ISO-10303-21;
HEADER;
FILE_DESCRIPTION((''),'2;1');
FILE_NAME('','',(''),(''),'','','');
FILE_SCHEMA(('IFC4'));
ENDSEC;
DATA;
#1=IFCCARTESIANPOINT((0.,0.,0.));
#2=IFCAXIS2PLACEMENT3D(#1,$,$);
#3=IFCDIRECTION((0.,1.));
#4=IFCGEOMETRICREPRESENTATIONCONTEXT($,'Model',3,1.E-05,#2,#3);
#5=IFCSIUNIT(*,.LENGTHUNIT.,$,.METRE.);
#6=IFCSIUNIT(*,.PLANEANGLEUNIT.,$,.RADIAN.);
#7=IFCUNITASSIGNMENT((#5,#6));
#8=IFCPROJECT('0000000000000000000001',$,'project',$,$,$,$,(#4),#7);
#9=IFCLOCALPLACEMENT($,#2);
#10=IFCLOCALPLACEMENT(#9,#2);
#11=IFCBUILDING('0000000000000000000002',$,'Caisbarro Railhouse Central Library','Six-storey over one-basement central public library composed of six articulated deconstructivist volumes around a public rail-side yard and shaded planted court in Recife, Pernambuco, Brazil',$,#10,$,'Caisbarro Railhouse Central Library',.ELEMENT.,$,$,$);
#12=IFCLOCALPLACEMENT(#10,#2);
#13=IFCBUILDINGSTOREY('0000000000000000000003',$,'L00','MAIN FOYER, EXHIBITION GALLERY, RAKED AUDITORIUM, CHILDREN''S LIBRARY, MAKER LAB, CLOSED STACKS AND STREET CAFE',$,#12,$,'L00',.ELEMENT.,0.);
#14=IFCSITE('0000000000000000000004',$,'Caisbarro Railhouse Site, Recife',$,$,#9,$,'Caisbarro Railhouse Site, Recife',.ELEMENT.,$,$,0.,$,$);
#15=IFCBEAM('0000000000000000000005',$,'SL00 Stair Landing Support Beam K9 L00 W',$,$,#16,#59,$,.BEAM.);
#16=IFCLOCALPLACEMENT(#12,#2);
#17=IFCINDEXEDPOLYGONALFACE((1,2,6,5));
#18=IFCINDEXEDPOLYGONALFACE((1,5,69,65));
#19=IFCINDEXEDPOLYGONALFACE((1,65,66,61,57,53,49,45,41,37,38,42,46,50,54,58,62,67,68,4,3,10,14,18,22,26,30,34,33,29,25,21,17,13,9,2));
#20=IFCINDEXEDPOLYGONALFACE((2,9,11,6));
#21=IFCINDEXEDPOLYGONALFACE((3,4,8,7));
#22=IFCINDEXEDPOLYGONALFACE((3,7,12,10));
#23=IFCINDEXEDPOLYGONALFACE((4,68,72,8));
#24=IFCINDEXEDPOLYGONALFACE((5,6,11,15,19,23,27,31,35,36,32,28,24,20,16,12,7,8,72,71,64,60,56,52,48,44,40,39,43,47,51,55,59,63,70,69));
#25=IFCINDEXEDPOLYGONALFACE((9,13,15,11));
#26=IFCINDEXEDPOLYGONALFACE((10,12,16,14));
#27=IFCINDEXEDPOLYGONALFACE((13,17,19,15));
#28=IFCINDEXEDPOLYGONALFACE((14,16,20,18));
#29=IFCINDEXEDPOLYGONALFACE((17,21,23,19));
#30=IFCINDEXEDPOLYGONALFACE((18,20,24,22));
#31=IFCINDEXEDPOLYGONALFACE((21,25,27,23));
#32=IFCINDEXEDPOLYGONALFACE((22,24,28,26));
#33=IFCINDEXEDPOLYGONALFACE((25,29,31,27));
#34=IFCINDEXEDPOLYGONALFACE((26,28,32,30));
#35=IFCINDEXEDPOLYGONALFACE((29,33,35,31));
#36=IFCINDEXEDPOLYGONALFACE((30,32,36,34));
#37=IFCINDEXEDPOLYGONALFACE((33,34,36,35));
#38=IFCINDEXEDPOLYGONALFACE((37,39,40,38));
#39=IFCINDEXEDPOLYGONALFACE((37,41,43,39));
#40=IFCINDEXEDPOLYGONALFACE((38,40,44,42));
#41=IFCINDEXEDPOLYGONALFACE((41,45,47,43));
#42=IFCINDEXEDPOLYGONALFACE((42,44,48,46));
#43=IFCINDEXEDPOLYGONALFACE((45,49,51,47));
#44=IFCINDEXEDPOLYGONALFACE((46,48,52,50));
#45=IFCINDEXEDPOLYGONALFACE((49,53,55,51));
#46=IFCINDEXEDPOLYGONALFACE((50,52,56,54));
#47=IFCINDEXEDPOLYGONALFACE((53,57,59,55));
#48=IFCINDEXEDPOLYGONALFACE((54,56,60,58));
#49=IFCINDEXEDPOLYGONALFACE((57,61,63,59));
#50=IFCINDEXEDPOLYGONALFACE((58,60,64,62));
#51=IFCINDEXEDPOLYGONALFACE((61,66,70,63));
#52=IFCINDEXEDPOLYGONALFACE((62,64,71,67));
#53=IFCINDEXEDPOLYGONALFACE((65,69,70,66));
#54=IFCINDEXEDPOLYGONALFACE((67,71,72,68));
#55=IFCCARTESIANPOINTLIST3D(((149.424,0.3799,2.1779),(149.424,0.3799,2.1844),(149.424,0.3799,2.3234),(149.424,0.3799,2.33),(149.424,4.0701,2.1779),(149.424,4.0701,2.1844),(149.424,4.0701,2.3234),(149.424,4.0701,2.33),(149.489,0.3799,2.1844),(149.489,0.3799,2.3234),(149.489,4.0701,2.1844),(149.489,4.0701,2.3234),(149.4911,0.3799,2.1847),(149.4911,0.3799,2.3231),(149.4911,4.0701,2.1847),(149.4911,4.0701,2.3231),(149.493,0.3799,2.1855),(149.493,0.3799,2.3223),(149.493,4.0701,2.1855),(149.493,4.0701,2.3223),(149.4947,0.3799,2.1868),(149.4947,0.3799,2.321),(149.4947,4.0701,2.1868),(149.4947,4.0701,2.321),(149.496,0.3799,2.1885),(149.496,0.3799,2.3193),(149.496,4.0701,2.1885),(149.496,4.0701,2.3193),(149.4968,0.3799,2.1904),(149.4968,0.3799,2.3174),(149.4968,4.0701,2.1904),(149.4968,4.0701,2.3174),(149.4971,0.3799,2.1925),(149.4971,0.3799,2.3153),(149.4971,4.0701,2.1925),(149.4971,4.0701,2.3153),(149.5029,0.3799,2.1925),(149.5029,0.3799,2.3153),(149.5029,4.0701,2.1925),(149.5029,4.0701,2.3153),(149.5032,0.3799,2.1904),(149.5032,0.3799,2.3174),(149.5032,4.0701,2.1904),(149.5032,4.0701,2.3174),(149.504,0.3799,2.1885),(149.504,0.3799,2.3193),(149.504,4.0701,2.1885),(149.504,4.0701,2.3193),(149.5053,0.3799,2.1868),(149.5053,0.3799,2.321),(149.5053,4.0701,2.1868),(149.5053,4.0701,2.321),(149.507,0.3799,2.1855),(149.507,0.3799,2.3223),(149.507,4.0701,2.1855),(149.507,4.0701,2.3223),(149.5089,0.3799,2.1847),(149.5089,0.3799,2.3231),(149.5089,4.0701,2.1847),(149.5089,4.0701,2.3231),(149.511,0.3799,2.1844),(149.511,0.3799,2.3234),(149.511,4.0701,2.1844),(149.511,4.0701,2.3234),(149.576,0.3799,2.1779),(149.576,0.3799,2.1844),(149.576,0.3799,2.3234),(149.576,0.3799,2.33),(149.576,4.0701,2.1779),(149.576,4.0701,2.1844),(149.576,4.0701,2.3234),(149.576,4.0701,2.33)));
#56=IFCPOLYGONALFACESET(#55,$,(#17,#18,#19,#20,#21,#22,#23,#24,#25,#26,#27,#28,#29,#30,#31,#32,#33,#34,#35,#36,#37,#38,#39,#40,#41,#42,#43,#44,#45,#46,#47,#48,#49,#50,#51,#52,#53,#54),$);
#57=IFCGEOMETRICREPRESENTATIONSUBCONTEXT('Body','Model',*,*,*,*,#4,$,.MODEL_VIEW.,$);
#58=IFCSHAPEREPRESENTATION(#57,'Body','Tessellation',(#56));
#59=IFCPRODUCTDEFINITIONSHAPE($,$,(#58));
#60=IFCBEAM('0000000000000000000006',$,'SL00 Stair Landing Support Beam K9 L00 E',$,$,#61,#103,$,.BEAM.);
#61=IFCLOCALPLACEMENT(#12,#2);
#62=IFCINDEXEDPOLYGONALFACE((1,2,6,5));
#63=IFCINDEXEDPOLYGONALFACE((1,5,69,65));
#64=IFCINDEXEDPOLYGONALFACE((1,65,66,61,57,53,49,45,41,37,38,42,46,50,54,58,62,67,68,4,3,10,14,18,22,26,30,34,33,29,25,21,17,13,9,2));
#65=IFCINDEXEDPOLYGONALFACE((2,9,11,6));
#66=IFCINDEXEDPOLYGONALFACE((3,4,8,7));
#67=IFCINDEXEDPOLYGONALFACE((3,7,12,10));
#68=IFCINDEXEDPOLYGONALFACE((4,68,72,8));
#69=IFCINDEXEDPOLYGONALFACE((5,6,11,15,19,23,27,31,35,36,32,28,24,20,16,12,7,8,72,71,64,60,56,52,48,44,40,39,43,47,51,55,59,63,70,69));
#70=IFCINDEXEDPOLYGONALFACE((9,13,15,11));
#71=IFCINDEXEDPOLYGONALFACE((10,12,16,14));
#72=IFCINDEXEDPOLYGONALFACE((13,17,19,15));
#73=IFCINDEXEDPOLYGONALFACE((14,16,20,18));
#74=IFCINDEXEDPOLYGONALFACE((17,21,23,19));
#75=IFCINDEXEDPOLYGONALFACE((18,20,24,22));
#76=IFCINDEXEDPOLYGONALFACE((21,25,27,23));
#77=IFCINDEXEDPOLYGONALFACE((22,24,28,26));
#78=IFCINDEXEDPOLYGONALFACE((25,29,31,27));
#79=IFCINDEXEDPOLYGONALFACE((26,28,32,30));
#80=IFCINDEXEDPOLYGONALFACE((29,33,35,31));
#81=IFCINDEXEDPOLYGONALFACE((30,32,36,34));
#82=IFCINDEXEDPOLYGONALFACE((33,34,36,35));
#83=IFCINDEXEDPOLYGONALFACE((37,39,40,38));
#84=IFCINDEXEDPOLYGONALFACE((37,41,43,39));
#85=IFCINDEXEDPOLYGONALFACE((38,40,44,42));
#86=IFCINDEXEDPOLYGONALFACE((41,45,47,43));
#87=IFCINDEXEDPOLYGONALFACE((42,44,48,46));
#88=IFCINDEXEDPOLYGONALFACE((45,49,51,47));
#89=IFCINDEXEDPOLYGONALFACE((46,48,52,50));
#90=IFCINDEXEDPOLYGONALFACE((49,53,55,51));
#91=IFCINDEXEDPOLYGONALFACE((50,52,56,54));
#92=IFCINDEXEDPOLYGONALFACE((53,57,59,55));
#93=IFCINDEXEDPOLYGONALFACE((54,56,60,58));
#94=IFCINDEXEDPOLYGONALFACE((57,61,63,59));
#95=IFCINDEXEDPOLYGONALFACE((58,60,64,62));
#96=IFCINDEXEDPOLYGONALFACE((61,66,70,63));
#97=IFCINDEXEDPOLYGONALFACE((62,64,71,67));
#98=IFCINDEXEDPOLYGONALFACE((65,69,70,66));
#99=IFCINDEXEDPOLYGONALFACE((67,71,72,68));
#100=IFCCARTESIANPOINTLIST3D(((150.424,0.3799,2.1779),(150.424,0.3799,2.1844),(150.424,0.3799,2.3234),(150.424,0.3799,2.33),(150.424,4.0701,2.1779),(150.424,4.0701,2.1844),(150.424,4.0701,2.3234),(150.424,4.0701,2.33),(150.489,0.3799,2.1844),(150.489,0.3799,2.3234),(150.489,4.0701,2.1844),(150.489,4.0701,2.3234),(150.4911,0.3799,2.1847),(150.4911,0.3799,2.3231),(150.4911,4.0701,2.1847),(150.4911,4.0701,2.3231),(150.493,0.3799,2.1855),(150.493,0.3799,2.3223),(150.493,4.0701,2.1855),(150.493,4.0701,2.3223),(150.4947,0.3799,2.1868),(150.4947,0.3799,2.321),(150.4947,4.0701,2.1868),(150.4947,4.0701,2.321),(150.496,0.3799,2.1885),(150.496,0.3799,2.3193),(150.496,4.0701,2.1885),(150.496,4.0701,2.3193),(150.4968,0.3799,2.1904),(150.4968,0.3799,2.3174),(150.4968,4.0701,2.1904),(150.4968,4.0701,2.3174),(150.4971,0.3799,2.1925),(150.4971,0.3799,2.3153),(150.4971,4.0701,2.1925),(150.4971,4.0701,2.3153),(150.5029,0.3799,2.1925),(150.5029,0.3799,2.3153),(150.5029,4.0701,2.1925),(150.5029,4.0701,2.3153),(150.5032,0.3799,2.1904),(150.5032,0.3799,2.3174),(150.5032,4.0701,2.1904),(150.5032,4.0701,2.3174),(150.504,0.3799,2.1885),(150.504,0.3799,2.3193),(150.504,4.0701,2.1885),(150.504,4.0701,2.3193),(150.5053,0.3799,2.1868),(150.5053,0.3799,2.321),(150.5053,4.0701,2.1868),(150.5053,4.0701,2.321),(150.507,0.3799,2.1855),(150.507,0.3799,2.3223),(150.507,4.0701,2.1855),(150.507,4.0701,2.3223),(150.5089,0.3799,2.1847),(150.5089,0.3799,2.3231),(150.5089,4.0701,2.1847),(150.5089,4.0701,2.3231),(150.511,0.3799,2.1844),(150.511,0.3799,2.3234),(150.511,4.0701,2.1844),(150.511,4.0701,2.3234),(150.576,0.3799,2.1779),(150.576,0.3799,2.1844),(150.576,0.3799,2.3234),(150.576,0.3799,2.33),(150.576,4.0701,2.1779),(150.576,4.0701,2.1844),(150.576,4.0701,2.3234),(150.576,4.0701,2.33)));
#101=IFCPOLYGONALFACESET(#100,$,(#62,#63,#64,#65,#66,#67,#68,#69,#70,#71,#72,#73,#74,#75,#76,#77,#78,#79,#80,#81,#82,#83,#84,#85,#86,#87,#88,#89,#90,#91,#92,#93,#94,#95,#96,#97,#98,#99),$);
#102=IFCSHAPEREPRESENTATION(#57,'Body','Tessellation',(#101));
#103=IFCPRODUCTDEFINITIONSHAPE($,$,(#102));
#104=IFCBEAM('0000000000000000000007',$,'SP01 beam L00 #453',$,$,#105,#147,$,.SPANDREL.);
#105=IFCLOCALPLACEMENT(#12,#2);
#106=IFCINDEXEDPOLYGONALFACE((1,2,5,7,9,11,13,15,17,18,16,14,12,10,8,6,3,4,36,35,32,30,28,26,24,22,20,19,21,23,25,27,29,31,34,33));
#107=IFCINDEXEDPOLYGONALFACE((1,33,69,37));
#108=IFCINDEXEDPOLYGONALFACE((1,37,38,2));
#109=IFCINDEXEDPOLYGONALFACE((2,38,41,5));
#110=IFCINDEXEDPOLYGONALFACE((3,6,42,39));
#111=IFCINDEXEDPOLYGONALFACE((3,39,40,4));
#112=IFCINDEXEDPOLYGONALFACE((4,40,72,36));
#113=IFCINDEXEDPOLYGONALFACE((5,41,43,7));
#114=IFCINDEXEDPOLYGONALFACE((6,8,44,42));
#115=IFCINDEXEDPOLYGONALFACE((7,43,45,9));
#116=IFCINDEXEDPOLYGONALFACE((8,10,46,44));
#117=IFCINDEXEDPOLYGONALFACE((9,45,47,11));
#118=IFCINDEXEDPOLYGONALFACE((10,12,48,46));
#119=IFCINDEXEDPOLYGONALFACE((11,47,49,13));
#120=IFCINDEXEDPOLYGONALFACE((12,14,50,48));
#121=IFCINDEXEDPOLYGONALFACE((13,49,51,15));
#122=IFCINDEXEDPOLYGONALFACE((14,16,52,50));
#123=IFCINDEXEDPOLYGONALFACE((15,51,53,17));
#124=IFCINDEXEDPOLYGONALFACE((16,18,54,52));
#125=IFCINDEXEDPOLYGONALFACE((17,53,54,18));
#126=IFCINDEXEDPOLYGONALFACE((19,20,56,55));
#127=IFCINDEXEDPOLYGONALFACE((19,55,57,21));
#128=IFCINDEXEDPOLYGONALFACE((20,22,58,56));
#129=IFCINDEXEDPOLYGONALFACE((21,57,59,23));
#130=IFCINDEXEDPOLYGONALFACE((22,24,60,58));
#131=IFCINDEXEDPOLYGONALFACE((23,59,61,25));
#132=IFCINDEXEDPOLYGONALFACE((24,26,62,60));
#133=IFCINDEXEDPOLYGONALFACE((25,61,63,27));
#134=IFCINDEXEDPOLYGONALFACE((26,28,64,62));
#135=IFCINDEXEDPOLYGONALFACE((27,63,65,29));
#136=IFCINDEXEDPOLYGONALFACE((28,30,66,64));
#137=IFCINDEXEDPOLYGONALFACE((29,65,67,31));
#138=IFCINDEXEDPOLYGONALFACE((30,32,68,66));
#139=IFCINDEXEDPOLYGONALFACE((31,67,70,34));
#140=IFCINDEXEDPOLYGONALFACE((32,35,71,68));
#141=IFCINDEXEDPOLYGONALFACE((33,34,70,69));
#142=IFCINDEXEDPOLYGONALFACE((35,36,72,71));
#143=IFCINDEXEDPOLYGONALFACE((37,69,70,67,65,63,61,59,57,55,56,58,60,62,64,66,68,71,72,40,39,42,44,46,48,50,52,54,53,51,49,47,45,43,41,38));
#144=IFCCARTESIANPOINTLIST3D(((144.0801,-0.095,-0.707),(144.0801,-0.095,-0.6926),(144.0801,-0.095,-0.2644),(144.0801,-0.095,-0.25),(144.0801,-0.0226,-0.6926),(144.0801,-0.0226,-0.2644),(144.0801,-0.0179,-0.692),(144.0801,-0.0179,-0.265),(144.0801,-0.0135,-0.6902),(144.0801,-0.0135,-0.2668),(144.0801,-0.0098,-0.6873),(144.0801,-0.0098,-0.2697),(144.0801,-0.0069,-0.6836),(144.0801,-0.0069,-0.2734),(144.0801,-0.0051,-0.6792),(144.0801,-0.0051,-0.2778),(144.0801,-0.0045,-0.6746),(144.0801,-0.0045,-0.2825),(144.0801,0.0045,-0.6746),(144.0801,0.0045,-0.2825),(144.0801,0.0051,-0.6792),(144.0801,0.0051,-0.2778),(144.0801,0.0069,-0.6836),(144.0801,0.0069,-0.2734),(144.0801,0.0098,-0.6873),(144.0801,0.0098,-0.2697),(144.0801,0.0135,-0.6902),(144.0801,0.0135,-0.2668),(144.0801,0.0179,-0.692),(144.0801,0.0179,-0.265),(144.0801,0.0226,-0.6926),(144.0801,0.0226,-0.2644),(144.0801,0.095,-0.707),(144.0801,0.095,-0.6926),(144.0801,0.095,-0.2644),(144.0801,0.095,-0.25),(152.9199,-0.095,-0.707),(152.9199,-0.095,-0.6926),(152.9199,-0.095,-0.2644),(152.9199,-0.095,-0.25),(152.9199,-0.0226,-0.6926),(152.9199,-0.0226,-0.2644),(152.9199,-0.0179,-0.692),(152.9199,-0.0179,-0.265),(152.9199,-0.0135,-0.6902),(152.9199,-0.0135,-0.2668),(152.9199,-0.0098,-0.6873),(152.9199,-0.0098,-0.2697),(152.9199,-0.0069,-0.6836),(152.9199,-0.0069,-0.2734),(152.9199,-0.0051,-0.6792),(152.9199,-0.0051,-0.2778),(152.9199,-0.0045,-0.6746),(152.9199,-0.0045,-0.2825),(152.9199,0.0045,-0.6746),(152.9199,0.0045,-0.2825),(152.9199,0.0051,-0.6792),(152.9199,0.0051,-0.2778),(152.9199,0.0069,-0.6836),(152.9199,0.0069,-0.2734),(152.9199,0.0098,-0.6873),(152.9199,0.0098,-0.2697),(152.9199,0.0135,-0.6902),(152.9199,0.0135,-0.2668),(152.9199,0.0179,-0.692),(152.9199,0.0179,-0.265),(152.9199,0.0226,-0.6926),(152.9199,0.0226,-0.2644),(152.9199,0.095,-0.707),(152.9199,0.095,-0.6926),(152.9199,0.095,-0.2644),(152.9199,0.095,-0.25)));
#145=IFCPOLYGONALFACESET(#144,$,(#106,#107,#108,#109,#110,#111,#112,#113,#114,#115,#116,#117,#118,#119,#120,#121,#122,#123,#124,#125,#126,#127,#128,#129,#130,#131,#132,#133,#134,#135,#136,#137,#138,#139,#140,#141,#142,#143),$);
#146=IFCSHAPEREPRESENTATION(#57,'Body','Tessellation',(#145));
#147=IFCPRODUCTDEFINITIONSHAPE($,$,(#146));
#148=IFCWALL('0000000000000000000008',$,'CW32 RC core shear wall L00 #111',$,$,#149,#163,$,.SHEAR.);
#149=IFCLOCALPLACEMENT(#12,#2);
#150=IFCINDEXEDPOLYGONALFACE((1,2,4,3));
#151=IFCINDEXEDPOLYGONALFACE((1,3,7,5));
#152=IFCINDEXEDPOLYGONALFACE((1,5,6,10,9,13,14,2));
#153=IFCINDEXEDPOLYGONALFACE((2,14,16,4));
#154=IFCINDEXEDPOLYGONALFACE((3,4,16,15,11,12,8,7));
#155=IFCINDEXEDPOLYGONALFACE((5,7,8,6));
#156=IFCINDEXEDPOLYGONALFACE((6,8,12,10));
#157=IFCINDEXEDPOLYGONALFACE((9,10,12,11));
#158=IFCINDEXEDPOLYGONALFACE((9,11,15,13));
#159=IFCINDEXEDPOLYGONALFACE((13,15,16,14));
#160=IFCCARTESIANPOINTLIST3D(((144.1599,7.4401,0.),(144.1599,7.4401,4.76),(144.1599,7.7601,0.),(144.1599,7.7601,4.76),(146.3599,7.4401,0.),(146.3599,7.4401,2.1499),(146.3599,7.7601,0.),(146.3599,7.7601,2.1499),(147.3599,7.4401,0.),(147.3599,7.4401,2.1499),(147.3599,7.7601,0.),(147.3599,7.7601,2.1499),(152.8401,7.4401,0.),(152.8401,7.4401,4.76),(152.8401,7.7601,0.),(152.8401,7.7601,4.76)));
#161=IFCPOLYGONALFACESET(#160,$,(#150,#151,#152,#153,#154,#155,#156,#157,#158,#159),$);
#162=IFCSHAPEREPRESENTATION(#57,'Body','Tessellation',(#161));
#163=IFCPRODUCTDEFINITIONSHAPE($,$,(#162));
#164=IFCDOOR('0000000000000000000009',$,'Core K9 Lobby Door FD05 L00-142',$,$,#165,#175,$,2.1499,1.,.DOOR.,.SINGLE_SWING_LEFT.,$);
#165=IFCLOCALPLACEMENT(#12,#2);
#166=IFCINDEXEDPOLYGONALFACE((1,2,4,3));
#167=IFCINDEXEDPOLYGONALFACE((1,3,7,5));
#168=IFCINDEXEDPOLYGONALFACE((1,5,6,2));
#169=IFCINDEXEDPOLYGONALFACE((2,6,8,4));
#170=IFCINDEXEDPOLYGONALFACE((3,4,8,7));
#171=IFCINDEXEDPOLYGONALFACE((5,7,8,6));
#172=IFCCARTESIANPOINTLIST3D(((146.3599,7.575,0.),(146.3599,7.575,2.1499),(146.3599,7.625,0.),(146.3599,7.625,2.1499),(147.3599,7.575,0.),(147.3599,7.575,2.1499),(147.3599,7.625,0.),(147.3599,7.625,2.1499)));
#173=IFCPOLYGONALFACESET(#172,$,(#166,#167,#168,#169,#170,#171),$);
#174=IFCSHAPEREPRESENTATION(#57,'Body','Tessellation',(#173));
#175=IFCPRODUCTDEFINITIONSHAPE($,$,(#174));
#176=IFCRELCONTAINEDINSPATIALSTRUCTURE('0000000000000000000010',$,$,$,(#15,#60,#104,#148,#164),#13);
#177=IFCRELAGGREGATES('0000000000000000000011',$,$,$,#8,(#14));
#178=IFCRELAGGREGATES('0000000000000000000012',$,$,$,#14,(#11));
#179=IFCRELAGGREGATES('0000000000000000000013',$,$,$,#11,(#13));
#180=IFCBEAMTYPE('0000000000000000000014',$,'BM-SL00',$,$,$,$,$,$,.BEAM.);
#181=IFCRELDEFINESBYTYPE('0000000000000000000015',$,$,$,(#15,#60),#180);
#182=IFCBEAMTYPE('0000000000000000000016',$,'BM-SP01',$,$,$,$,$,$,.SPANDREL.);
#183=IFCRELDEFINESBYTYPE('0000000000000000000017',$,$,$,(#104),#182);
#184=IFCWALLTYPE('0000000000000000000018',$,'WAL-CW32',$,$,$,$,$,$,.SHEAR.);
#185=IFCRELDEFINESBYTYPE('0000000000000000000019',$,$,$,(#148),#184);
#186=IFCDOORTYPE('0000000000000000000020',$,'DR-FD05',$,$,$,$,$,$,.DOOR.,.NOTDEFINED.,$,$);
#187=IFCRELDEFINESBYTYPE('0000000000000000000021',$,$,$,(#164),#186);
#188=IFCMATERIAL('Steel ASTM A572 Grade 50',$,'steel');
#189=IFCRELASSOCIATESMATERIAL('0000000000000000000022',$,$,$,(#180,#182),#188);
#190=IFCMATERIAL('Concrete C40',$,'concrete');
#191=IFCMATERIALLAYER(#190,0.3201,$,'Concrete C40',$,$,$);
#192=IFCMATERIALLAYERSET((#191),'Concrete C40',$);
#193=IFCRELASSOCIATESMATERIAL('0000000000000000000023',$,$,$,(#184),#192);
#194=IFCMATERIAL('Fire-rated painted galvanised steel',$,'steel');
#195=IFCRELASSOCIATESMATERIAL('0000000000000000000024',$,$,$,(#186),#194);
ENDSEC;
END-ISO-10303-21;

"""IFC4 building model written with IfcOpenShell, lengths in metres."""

from ifc_helpers import new_model, si_unit, direction, frame, frame_2d, origin, origin_2d, place, context, subcontext, project, spatial, rectangle, i_section, extrude, material, layer, layer_set, material_profile, profile_set, type_object, element, fill, save


model = new_model("IFC4")

# Units and contexts
model_context = context("Model", 3, precision=1e-05, world=origin(), true_north=direction((0.0, 1.0)))
body_context = subcontext(model_context, "Body", "Model", "MODEL_VIEW")
ifc_project = project(units=[si_unit("LENGTHUNIT", "METRE"), si_unit("PLANEANGLEUNIT", "RADIAN")], contexts=[model_context])

# Site, building, storey
site_placement = place(None, origin())
site = spatial("IfcSite", under=ifc_project, at=site_placement, Name="Caisbarro Railhouse Site, Recife", LongName="Caisbarro Railhouse Site, Recife", CompositionType="ELEMENT", RefElevation=0.0)
building_placement = place(site_placement, origin())
building = spatial("IfcBuilding", under=site, at=building_placement, Name="Caisbarro Railhouse Central Library", Description="Six-storey over one-basement central public library composed of six articulated deconstructivist volumes around a public rail-side yard and shaded planted court in Recife, Pernambuco, Brazil", LongName="Caisbarro Railhouse Central Library", CompositionType="ELEMENT")
storey_placement = place(building_placement, origin())
storey = spatial("IfcBuildingStorey", under=building, at=storey_placement, Name="L00", Description="MAIN FOYER, EXHIBITION GALLERY, RAKED AUDITORIUM, CHILDREN'S LIBRARY, MAKER LAB, CLOSED STACKS AND STREET CAFE", LongName="L00", CompositionType="ELEMENT", Elevation=0.0)

# Shared definitions
ifc_material_1 = material(Name="Steel ASTM A572 Grade 50", Category="steel")

# Beams
ifc_material_2 = material(Name="Concrete C40", Category="concrete")
ifc_material_profile_1 = material_profile(ifc_material_1, i_section(OverallWidth=0.1521, OverallDepth=0.1521, WebThickness=0.0059, FlangeThickness=0.0066, FilletRadius=0.0081, at=origin_2d()), Name="W150X22.5")
ifc_profile_set_1 = profile_set([ifc_material_profile_1], Name="Steel ASTM A572 Grade 50")
beam_type_1 = type_object("IfcBeamType", Name="BM-SL00", PredefinedType="BEAM", material=ifc_profile_set_1)
for number, where, z_axis, x_axis, name in (
    (1, (149.5, 0.3799, 2.2539), (0.0, 1.0, 0.0), (-1.0, 0.0, 0.0), "SL00 Stair Landing Support Beam K9 L00 W"),
    (2, (150.5, 0.3799, 2.2539), (0.0, 1.0, 0.0), (-1.0, 0.0, 0.0), "SL00 Stair Landing Support Beam K9 L00 E"),
):
    element("IfcBeam", number, at=place(storey_placement, frame(where, z_axis=z_axis, x_axis=x_axis)), inside=storey, type_object=beam_type_1, Name=name, PredefinedType="BEAM", context=body_context, shape_type="SweptSolid", body=[
        extrude(i_section(OverallWidth=0.1521, OverallDepth=0.1521, WebThickness=0.0059, FlangeThickness=0.0066, FilletRadius=0.0081, at=origin_2d()), origin(), (0.0, 0.0, 1.0), 3.6902),
    ])
ifc_material_profile_2 = material_profile(ifc_material_1, i_section(OverallWidth=0.1899, OverallDepth=0.457, WebThickness=0.009, FlangeThickness=0.0144, FilletRadius=0.0181, at=origin_2d()), Name="W460X74.0")
ifc_profile_set_2 = profile_set([ifc_material_profile_2], Name="Steel ASTM A572 Grade 50")
beam_type_2 = type_object("IfcBeamType", Name="BM-SP01", PredefinedType="SPANDREL", material=ifc_profile_set_2)
beam_1_placement = place(storey_placement, frame((144.0801, 0.0, -0.4785), z_axis=(1.0, 0.0, 0.0), x_axis=(0.0, 1.0, 0.0)))
element("IfcBeam", 3, at=beam_1_placement, inside=storey, type_object=beam_type_2, Name="SP01 beam L00 #453", PredefinedType="SPANDREL", context=body_context, shape_type="SweptSolid", body=[
    extrude(i_section(OverallWidth=0.1899, OverallDepth=0.457, WebThickness=0.009, FlangeThickness=0.0144, FilletRadius=0.0181, at=origin_2d()), origin(), (0.0, 0.0, 1.0), 8.8398),
])

# Wall, opening, door
ifc_layer_1 = layer(ifc_material_2, 0.3201, Name="Concrete C40")
ifc_layer_set_1 = layer_set([ifc_layer_1], Name="Concrete C40")
wall_type_1 = type_object("IfcWallType", Name="WAL-CW32", PredefinedType="SHEAR", material=ifc_layer_set_1)
wall_1_placement = place(storey_placement, frame((144.1599, 7.6001, 0.0), z_axis=(0.0, 0.0, 1.0), x_axis=(1.0, 0.0, 0.0)))
wall_1 = element("IfcWall", 4, at=wall_1_placement, inside=storey, type_object=wall_type_1, Name="CW32 RC core shear wall L00 #111", PredefinedType="SHEAR", context=body_context, shape_type="SweptSolid", body=[
    extrude(rectangle(XDim=8.6802, YDim=0.3201, at=frame_2d((4.3401, 0.0))), origin(), (0.0, 0.0, 1.0), 4.76),
])
opening_1_placement = place(wall_1_placement, frame((2.2, 0.0, 0.0)))
opening_1 = element("IfcOpeningElement", 5, at=opening_1_placement, cuts=wall_1, PredefinedType="OPENING", context=body_context, shape_type="SweptSolid", body=[
    extrude(rectangle(XDim=1.0, YDim=2.1499, at=frame_2d((0.5, 1.075))), frame((0.0, 0.1699, 0.0), z_axis=(0.0, -1.0, 0.0), x_axis=(1.0, 0.0, 0.0)), (0.0, 0.0, 1.0), 0.3401),
])
ifc_material_3 = material(Name="Fire-rated painted galvanised steel", Category="steel")
door_type_1 = type_object("IfcDoorType", Name="DR-FD05", OperationType="NOTDEFINED", PredefinedType="DOOR", material=ifc_material_3)
door_1_placement = place(opening_1_placement, origin())
door_1 = element("IfcDoor", 6, at=door_1_placement, inside=storey, type_object=door_type_1, Name="Core K9 Lobby Door FD05 L00-142", OperationType="SINGLE_SWING_LEFT", OverallHeight=2.1499, OverallWidth=1.0, PredefinedType="DOOR", context=body_context, shape_type="SweptSolid", body=[
    extrude(rectangle(XDim=1.0, YDim=2.1499, at=frame_2d((0.5, 1.075))), frame((0.0, 0.0249, 0.0), z_axis=(0.0, -1.0, 0.0), x_axis=(1.0, 0.0, 0.0)), (0.0, 0.0, 1.0), 0.05),
])
fill(opening_1, door_1)

save(model, "model.ifc")
